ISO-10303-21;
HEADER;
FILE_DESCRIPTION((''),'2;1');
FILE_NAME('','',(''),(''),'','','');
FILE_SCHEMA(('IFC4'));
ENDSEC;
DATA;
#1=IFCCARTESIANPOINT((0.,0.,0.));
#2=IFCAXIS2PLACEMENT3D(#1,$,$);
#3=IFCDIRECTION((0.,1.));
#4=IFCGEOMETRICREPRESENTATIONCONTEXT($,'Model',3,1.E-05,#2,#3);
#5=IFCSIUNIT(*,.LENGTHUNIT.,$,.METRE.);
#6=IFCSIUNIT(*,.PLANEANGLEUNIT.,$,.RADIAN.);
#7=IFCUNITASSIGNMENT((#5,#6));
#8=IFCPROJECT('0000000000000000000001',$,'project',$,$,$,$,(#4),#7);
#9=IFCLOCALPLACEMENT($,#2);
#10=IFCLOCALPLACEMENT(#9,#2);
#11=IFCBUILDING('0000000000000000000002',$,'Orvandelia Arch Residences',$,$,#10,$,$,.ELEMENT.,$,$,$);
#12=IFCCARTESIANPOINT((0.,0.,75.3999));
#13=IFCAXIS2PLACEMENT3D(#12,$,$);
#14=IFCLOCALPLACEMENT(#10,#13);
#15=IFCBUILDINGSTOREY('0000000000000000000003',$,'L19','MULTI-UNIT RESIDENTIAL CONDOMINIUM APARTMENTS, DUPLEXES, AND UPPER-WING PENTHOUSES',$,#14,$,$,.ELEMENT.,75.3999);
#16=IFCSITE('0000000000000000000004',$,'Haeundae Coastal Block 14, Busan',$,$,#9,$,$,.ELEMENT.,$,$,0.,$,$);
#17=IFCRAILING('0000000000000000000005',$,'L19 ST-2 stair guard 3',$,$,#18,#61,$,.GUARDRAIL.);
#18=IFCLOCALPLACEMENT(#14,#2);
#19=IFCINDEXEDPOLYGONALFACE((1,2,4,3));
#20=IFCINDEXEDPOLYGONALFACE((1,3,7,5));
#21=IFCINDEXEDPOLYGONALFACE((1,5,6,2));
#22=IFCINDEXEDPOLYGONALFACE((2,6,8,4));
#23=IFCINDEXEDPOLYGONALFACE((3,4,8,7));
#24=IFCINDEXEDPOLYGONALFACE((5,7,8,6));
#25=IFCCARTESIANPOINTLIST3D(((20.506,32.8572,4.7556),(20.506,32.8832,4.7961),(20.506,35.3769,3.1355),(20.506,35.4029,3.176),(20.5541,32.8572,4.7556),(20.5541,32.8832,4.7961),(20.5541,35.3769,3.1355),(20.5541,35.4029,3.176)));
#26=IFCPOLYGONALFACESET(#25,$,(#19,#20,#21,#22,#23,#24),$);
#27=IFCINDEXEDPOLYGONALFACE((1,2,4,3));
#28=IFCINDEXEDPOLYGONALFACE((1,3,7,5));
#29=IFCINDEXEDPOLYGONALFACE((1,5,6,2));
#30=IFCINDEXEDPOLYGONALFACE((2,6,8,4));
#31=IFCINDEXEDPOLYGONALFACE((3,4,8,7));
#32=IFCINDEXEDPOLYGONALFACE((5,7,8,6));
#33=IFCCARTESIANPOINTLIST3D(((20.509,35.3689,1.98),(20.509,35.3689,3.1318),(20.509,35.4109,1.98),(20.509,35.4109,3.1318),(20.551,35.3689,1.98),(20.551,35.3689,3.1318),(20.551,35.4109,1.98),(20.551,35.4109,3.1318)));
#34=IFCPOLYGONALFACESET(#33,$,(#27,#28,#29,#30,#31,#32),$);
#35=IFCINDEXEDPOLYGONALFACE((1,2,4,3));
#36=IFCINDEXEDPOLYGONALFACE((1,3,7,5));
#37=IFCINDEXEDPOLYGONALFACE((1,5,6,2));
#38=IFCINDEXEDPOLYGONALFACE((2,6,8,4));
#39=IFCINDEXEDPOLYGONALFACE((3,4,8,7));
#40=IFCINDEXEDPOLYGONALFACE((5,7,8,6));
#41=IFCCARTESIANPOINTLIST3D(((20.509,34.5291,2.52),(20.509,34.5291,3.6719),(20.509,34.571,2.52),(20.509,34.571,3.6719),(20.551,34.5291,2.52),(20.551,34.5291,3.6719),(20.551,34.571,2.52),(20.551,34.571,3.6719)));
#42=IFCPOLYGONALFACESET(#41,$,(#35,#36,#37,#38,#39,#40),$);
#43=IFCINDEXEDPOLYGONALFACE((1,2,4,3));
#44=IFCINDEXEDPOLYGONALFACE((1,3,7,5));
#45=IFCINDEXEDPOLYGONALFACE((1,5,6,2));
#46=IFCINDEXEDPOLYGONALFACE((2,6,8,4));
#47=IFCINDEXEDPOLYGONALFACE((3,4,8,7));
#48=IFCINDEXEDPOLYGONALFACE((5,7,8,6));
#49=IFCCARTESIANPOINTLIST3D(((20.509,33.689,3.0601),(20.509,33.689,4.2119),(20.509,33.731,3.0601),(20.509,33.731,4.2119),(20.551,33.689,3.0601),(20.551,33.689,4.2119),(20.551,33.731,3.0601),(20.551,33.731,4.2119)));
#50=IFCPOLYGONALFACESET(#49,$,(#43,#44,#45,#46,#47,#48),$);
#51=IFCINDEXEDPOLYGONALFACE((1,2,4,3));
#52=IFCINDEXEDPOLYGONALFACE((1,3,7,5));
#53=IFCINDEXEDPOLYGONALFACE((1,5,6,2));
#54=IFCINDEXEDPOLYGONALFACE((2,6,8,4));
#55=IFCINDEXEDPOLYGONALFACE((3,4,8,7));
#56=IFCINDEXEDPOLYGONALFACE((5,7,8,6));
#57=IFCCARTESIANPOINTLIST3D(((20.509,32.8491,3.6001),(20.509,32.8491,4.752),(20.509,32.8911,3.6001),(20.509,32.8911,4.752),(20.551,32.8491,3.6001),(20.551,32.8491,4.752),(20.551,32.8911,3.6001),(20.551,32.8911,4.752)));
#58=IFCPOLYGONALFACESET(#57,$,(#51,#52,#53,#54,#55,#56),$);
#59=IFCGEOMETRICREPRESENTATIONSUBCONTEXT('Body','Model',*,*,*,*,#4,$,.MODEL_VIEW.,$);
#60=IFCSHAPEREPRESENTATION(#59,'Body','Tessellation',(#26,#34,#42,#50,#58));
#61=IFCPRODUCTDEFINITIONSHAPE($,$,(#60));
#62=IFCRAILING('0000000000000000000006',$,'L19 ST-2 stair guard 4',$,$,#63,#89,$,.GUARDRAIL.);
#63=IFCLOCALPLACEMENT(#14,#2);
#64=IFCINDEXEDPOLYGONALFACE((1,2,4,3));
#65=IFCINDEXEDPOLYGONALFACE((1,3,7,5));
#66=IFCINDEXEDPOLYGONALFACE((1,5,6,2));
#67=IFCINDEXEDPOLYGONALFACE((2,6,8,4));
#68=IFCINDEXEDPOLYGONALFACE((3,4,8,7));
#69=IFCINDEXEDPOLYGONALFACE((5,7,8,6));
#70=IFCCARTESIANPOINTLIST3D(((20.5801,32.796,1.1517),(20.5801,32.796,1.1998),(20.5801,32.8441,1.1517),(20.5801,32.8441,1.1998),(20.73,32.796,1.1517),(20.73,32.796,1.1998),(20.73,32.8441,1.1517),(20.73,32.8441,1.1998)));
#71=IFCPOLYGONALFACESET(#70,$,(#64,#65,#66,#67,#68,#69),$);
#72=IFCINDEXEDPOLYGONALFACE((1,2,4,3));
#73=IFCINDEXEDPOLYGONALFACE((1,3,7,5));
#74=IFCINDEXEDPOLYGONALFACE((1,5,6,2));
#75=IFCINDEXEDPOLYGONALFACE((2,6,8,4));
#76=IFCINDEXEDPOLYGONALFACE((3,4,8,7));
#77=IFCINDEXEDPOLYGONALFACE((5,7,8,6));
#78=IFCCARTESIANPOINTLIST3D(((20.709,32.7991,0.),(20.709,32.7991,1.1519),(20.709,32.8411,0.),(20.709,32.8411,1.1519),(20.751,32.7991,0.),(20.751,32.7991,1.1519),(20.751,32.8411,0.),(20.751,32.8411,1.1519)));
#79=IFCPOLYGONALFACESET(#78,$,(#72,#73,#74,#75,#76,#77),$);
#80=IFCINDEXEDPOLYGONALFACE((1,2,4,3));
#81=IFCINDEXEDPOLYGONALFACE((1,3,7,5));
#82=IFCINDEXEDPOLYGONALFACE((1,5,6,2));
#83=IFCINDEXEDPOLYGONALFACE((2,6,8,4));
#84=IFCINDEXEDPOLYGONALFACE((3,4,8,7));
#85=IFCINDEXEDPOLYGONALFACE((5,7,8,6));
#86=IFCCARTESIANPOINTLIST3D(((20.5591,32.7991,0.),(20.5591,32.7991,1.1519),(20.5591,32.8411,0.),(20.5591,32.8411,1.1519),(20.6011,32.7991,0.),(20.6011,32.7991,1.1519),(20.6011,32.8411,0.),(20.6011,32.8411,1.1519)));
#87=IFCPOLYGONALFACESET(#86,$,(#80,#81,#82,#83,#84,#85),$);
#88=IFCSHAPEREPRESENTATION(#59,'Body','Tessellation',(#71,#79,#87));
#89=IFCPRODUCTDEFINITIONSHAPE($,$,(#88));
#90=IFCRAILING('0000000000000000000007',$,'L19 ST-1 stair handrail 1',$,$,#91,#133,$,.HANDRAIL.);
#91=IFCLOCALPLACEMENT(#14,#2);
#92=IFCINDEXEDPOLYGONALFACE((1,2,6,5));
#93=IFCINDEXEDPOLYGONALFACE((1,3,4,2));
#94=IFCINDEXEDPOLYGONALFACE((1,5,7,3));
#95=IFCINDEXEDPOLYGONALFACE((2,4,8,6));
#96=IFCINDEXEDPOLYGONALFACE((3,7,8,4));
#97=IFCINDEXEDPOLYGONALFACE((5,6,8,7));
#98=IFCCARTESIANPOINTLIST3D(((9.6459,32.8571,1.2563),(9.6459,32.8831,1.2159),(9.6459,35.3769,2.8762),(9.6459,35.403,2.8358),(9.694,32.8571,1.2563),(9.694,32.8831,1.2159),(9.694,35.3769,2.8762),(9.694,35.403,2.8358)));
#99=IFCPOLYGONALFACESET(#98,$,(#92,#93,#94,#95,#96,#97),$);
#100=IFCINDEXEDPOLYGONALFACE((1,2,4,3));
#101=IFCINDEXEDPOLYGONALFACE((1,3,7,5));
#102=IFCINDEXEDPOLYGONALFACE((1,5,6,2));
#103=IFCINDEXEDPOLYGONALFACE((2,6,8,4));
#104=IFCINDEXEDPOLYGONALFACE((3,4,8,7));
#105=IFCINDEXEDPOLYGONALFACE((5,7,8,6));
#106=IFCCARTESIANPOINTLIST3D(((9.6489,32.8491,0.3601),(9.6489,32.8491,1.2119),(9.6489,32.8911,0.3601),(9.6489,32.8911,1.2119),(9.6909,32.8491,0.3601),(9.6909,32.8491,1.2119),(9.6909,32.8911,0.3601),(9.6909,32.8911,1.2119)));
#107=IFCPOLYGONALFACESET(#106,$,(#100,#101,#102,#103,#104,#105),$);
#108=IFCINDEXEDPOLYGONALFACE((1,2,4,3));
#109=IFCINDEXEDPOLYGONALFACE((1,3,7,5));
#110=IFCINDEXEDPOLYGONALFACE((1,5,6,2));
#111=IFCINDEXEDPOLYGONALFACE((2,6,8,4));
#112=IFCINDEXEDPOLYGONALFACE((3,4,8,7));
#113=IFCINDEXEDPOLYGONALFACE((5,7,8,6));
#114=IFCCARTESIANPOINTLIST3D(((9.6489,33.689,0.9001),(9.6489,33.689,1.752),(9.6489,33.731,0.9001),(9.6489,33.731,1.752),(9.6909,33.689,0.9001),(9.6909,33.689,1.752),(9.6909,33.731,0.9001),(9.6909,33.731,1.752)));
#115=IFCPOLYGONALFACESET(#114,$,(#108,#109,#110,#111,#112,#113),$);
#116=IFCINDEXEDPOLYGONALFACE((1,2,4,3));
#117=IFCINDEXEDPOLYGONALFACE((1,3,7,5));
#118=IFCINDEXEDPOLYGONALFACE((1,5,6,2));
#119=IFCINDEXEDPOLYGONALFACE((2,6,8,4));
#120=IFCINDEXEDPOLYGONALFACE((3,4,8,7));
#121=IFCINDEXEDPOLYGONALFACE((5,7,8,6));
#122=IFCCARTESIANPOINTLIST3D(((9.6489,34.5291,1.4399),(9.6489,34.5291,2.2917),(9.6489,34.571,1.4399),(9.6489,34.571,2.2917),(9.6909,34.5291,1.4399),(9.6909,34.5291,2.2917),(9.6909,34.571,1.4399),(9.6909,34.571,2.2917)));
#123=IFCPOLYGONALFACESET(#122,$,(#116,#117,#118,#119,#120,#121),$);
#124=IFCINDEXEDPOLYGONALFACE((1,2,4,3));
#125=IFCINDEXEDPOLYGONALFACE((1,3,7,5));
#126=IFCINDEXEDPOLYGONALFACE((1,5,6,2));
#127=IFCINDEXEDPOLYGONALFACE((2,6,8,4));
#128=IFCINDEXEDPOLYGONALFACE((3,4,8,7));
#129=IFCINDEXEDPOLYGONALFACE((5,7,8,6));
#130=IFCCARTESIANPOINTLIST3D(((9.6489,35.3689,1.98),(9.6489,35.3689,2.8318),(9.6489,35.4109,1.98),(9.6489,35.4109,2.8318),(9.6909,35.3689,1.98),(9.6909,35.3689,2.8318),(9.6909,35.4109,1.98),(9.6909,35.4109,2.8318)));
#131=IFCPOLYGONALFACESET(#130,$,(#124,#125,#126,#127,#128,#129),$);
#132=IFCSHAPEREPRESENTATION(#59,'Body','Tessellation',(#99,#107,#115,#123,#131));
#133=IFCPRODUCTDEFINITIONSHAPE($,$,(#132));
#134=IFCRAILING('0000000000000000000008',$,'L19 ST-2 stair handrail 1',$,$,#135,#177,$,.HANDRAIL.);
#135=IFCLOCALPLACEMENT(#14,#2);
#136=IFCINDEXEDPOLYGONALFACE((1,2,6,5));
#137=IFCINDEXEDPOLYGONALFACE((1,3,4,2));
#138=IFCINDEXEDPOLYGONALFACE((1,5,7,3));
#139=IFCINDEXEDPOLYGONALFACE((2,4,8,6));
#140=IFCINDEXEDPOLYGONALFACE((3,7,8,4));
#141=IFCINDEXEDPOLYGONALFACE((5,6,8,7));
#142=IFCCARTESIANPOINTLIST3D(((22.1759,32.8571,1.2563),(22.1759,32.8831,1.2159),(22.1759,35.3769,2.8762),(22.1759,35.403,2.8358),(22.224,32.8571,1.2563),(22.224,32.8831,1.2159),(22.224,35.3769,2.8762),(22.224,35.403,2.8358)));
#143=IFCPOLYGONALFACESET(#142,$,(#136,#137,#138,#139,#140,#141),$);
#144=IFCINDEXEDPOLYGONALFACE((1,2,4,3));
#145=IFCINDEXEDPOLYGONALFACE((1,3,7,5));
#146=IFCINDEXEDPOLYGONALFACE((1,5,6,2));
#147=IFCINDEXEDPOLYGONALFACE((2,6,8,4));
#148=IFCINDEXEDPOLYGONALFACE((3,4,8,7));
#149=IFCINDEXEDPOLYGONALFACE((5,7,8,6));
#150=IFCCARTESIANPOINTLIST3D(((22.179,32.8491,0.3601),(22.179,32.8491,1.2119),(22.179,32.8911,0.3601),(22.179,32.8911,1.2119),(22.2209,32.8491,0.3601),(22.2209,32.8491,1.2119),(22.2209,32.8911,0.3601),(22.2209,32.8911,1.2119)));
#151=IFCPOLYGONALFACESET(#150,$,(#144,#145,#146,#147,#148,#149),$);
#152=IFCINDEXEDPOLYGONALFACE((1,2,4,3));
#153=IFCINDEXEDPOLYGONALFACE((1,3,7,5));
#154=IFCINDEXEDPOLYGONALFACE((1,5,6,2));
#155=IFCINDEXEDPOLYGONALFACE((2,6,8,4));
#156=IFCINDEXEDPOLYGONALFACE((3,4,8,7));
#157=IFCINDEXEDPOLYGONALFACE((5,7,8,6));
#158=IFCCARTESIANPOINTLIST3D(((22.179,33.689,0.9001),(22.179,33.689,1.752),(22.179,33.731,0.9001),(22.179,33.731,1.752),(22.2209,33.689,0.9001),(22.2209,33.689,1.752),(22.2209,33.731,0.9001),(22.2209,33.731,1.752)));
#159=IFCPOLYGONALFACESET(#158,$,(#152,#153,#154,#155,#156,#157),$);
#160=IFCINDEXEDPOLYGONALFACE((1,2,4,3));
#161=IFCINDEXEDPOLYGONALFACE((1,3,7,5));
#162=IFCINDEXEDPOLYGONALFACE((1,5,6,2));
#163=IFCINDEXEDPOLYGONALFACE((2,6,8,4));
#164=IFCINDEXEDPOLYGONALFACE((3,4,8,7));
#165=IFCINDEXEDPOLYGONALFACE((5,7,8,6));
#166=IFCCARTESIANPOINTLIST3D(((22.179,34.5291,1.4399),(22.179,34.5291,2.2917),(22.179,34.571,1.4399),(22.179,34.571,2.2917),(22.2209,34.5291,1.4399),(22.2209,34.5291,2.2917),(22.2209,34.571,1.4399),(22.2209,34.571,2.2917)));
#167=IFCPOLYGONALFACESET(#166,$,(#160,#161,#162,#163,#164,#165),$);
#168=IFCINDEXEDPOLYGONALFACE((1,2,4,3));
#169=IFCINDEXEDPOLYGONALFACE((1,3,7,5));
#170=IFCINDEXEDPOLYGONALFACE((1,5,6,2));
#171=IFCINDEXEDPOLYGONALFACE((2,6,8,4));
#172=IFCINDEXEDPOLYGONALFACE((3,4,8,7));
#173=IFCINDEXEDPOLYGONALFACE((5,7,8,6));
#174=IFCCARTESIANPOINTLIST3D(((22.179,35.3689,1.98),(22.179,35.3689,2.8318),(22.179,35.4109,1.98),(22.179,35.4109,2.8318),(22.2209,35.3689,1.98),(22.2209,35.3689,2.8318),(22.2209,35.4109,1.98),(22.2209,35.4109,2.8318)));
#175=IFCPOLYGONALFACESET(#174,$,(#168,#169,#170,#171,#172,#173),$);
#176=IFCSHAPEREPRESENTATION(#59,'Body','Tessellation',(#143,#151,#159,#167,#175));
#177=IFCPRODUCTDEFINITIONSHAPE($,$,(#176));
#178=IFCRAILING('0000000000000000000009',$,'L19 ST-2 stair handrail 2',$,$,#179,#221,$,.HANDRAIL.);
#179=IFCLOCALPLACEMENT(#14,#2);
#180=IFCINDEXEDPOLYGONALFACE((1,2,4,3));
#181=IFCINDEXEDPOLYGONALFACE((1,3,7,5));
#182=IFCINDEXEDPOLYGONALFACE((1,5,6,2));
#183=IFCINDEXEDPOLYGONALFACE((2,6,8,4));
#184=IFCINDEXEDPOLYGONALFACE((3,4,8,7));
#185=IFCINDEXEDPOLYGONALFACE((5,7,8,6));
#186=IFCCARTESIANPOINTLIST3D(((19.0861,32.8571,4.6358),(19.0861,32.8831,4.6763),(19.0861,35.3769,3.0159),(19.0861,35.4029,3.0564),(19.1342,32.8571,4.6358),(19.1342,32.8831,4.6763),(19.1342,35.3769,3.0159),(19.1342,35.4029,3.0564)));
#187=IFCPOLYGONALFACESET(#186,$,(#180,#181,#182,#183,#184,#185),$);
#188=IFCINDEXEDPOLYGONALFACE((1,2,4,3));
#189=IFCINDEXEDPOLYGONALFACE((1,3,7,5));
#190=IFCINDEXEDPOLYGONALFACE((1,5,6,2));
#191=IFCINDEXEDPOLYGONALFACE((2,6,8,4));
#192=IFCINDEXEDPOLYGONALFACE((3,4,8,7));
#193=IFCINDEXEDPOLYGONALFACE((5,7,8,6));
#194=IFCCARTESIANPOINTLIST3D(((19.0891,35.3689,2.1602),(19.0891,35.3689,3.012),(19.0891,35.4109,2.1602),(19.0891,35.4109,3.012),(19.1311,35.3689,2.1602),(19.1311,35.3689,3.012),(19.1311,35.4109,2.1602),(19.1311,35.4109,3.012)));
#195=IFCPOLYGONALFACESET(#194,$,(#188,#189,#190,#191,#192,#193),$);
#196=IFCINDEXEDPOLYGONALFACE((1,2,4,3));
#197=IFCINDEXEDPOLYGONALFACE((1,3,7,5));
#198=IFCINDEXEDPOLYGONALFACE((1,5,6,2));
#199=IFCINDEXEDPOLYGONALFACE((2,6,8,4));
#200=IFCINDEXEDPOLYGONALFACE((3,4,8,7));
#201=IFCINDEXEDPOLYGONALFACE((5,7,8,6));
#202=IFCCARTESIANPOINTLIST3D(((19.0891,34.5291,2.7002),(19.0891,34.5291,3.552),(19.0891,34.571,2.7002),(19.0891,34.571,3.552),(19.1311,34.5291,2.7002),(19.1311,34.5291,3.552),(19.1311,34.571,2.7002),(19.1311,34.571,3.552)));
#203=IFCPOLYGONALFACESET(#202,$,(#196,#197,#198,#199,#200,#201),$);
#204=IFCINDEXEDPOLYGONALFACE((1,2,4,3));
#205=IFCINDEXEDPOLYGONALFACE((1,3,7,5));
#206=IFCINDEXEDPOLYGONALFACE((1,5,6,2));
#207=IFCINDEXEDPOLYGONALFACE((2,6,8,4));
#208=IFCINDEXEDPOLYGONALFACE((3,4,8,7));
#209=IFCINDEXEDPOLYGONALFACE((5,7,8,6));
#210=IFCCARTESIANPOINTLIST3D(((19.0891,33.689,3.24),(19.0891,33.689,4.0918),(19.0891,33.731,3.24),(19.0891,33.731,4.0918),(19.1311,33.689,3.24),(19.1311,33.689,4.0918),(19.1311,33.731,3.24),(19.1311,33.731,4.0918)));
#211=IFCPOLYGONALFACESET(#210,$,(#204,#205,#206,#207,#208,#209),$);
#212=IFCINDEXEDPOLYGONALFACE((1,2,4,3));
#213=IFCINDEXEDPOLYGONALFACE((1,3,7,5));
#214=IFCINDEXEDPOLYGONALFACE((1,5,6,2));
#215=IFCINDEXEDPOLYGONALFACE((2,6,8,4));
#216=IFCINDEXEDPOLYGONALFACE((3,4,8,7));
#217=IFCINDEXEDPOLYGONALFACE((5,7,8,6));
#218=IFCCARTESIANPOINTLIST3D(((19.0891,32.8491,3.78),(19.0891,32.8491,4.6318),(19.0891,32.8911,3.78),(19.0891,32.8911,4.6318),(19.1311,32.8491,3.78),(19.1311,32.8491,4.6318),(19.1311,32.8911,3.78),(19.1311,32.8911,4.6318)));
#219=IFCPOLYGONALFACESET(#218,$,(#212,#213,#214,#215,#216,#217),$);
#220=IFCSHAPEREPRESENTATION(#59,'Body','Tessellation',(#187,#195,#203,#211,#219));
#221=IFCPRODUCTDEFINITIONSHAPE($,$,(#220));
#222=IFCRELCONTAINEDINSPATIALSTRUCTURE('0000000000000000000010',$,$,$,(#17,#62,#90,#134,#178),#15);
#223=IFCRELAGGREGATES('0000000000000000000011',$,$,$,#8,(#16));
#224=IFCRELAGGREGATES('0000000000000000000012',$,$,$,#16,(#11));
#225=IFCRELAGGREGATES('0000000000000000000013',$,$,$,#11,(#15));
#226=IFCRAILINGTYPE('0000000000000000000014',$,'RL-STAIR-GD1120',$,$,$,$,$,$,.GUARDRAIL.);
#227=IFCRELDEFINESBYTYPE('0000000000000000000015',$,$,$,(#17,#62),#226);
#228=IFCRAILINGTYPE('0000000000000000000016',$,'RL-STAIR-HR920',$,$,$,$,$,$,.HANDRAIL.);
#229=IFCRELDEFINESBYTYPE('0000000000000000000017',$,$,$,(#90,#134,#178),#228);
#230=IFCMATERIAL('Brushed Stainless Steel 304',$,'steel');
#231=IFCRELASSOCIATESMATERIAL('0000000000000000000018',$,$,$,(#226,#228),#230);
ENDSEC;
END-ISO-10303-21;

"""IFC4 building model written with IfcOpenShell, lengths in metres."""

from ifc_helpers import new_model, si_unit, direction, frame, origin, origin_2d, place, context, subcontext, project, spatial, rectangle, extrude, material, type_object, element, save


model = new_model("IFC4")

# Units and contexts
model_context = context("Model", 3, precision=1e-05, world=origin(), true_north=direction((0.0, 1.0)))
body_context = subcontext(model_context, "Body", "Model", "MODEL_VIEW")
ifc_project = project(units=[si_unit("LENGTHUNIT", "METRE"), si_unit("PLANEANGLEUNIT", "RADIAN")], contexts=[model_context])

# Site, building, storey
site_placement = place(None, origin())
site = spatial("IfcSite", under=ifc_project, at=site_placement, Name="Haeundae Coastal Block 14, Busan", CompositionType="ELEMENT", RefElevation=0.0)
building_placement = place(site_placement, origin())
building = spatial("IfcBuilding", under=site, at=building_placement, Name="Orvandelia Arch Residences", CompositionType="ELEMENT")
storey_placement = place(building_placement, frame((0.0, 0.0, 75.3999)))
storey = spatial("IfcBuildingStorey", under=building, at=storey_placement, Name="L19", Description="MULTI-UNIT RESIDENTIAL CONDOMINIUM APARTMENTS, DUPLEXES, AND UPPER-WING PENTHOUSES", CompositionType="ELEMENT", Elevation=75.3999)

# Railings
ifc_material_1 = material(Name="Brushed Stainless Steel 304", Category="steel")
railing_type_1 = type_object("IfcRailingType", Name="RL-STAIR-GD1120", PredefinedType="GUARDRAIL", material=ifc_material_1)
railing_1_placement = place(storey_placement, frame((20.53, 35.3899, 1.98)))
element("IfcRailing", 1, at=railing_1_placement, inside=storey, type_object=railing_type_1, Name="L19 ST-2 stair guard 3", PredefinedType="GUARDRAIL", context=body_context, shape_type="SweptSolid", body=[
    extrude(rectangle(XDim=0.0481, YDim=0.0481, at=origin_2d()), frame((0.0, 0.0, 1.1758), z_axis=(0.0, -0.841139, 0.540819), x_axis=(1.0, 0.0, 0.0)), (0.0, 0.0, 1.0), 2.9956),
    extrude(rectangle(XDim=0.042, YDim=0.042, at=origin_2d()), origin(), (0.0, 0.0, 1.0), 1.1519),
    extrude(rectangle(XDim=0.042, YDim=0.042, at=origin_2d()), frame((0.0, -0.8398, 0.54)), (0.0, 0.0, 1.0), 1.1519),
    extrude(rectangle(XDim=0.042, YDim=0.042, at=origin_2d()), frame((0.0, -1.6799, 1.0801)), (0.0, 0.0, 1.0), 1.1519),
    extrude(rectangle(XDim=0.042, YDim=0.042, at=origin_2d()), frame((0.0, -2.5198, 1.6201)), (0.0, 0.0, 1.0), 1.1519),
])
railing_2_placement = place(storey_placement, frame((20.73, 32.8201, 0.0)))
element("IfcRailing", 2, at=railing_2_placement, inside=storey, type_object=railing_type_1, Name="L19 ST-2 stair guard 4", PredefinedType="GUARDRAIL", context=body_context, shape_type="SweptSolid", body=[
    extrude(rectangle(XDim=0.0481, YDim=0.0481, at=origin_2d()), frame((0.0, 0.0, 1.1758), z_axis=(-1.0, 0.0, 0.0), x_axis=(0.0, -1.0, 0.0)), (0.0, 0.0, 1.0), 0.1499),
    extrude(rectangle(XDim=0.042, YDim=0.042, at=origin_2d()), origin(), (0.0, 0.0, 1.0), 1.1519),
    extrude(rectangle(XDim=0.042, YDim=0.042, at=origin_2d()), frame((-0.1499, 0.0, 0.0)), (0.0, 0.0, 1.0), 1.1519),
])
railing_type_2 = type_object("IfcRailingType", Name="RL-STAIR-HR920", PredefinedType="HANDRAIL", material=ifc_material_1)
for number, where, name in (
    (3, (9.6699, 32.8701, 0.3601), "L19 ST-1 stair handrail 1"),
    (4, (22.2, 32.8701, 0.3601), "L19 ST-2 stair handrail 1"),
):
    element("IfcRailing", number, at=place(storey_placement, frame(where)), inside=storey, type_object=railing_type_2, Name=name, PredefinedType="HANDRAIL", context=body_context, shape_type="SweptSolid", body=[
        extrude(rectangle(XDim=0.0481, YDim=0.0481, at=origin_2d()), frame((0.0, 0.0, 0.876), z_axis=(0.0, 0.841176, 0.540762), x_axis=(-1.0, 0.0, 0.0)), (0.0, 0.0, 1.0), 2.9956),
        extrude(rectangle(XDim=0.042, YDim=0.042, at=origin_2d()), origin(), (0.0, 0.0, 1.0), 0.8518),
        extrude(rectangle(XDim=0.042, YDim=0.042, at=origin_2d()), frame((0.0, 0.8398, 0.54)), (0.0, 0.0, 1.0), 0.8518),
        extrude(rectangle(XDim=0.042, YDim=0.042, at=origin_2d()), frame((0.0, 1.6799, 1.0798)), (0.0, 0.0, 1.0), 0.8518),
        extrude(rectangle(XDim=0.042, YDim=0.042, at=origin_2d()), frame((0.0, 2.5198, 1.6199)), (0.0, 0.0, 1.0), 0.8518),
    ])
railing_3_placement = place(storey_placement, frame((19.1101, 35.3899, 2.1602)))
element("IfcRailing", 5, at=railing_3_placement, inside=storey, type_object=railing_type_2, Name="L19 ST-2 stair handrail 2", PredefinedType="HANDRAIL", context=body_context, shape_type="SweptSolid", body=[
    extrude(rectangle(XDim=0.0481, YDim=0.0481, at=origin_2d()), frame((0.0, 0.0, 0.876), z_axis=(0.0, -0.841176, 0.540762), x_axis=(1.0, 0.0, 0.0)), (0.0, 0.0, 1.0), 2.9956),
    extrude(rectangle(XDim=0.042, YDim=0.042, at=origin_2d()), origin(), (0.0, 0.0, 1.0), 0.8518),
    extrude(rectangle(XDim=0.042, YDim=0.042, at=origin_2d()), frame((0.0, -0.8398, 0.54)), (0.0, 0.0, 1.0), 0.8518),
    extrude(rectangle(XDim=0.042, YDim=0.042, at=origin_2d()), frame((0.0, -1.6799, 1.0798)), (0.0, 0.0, 1.0), 0.8518),
    extrude(rectangle(XDim=0.042, YDim=0.042, at=origin_2d()), frame((0.0, -2.5198, 1.6199)), (0.0, 0.0, 1.0), 0.8518),
])

save(model, "model.ifc")
